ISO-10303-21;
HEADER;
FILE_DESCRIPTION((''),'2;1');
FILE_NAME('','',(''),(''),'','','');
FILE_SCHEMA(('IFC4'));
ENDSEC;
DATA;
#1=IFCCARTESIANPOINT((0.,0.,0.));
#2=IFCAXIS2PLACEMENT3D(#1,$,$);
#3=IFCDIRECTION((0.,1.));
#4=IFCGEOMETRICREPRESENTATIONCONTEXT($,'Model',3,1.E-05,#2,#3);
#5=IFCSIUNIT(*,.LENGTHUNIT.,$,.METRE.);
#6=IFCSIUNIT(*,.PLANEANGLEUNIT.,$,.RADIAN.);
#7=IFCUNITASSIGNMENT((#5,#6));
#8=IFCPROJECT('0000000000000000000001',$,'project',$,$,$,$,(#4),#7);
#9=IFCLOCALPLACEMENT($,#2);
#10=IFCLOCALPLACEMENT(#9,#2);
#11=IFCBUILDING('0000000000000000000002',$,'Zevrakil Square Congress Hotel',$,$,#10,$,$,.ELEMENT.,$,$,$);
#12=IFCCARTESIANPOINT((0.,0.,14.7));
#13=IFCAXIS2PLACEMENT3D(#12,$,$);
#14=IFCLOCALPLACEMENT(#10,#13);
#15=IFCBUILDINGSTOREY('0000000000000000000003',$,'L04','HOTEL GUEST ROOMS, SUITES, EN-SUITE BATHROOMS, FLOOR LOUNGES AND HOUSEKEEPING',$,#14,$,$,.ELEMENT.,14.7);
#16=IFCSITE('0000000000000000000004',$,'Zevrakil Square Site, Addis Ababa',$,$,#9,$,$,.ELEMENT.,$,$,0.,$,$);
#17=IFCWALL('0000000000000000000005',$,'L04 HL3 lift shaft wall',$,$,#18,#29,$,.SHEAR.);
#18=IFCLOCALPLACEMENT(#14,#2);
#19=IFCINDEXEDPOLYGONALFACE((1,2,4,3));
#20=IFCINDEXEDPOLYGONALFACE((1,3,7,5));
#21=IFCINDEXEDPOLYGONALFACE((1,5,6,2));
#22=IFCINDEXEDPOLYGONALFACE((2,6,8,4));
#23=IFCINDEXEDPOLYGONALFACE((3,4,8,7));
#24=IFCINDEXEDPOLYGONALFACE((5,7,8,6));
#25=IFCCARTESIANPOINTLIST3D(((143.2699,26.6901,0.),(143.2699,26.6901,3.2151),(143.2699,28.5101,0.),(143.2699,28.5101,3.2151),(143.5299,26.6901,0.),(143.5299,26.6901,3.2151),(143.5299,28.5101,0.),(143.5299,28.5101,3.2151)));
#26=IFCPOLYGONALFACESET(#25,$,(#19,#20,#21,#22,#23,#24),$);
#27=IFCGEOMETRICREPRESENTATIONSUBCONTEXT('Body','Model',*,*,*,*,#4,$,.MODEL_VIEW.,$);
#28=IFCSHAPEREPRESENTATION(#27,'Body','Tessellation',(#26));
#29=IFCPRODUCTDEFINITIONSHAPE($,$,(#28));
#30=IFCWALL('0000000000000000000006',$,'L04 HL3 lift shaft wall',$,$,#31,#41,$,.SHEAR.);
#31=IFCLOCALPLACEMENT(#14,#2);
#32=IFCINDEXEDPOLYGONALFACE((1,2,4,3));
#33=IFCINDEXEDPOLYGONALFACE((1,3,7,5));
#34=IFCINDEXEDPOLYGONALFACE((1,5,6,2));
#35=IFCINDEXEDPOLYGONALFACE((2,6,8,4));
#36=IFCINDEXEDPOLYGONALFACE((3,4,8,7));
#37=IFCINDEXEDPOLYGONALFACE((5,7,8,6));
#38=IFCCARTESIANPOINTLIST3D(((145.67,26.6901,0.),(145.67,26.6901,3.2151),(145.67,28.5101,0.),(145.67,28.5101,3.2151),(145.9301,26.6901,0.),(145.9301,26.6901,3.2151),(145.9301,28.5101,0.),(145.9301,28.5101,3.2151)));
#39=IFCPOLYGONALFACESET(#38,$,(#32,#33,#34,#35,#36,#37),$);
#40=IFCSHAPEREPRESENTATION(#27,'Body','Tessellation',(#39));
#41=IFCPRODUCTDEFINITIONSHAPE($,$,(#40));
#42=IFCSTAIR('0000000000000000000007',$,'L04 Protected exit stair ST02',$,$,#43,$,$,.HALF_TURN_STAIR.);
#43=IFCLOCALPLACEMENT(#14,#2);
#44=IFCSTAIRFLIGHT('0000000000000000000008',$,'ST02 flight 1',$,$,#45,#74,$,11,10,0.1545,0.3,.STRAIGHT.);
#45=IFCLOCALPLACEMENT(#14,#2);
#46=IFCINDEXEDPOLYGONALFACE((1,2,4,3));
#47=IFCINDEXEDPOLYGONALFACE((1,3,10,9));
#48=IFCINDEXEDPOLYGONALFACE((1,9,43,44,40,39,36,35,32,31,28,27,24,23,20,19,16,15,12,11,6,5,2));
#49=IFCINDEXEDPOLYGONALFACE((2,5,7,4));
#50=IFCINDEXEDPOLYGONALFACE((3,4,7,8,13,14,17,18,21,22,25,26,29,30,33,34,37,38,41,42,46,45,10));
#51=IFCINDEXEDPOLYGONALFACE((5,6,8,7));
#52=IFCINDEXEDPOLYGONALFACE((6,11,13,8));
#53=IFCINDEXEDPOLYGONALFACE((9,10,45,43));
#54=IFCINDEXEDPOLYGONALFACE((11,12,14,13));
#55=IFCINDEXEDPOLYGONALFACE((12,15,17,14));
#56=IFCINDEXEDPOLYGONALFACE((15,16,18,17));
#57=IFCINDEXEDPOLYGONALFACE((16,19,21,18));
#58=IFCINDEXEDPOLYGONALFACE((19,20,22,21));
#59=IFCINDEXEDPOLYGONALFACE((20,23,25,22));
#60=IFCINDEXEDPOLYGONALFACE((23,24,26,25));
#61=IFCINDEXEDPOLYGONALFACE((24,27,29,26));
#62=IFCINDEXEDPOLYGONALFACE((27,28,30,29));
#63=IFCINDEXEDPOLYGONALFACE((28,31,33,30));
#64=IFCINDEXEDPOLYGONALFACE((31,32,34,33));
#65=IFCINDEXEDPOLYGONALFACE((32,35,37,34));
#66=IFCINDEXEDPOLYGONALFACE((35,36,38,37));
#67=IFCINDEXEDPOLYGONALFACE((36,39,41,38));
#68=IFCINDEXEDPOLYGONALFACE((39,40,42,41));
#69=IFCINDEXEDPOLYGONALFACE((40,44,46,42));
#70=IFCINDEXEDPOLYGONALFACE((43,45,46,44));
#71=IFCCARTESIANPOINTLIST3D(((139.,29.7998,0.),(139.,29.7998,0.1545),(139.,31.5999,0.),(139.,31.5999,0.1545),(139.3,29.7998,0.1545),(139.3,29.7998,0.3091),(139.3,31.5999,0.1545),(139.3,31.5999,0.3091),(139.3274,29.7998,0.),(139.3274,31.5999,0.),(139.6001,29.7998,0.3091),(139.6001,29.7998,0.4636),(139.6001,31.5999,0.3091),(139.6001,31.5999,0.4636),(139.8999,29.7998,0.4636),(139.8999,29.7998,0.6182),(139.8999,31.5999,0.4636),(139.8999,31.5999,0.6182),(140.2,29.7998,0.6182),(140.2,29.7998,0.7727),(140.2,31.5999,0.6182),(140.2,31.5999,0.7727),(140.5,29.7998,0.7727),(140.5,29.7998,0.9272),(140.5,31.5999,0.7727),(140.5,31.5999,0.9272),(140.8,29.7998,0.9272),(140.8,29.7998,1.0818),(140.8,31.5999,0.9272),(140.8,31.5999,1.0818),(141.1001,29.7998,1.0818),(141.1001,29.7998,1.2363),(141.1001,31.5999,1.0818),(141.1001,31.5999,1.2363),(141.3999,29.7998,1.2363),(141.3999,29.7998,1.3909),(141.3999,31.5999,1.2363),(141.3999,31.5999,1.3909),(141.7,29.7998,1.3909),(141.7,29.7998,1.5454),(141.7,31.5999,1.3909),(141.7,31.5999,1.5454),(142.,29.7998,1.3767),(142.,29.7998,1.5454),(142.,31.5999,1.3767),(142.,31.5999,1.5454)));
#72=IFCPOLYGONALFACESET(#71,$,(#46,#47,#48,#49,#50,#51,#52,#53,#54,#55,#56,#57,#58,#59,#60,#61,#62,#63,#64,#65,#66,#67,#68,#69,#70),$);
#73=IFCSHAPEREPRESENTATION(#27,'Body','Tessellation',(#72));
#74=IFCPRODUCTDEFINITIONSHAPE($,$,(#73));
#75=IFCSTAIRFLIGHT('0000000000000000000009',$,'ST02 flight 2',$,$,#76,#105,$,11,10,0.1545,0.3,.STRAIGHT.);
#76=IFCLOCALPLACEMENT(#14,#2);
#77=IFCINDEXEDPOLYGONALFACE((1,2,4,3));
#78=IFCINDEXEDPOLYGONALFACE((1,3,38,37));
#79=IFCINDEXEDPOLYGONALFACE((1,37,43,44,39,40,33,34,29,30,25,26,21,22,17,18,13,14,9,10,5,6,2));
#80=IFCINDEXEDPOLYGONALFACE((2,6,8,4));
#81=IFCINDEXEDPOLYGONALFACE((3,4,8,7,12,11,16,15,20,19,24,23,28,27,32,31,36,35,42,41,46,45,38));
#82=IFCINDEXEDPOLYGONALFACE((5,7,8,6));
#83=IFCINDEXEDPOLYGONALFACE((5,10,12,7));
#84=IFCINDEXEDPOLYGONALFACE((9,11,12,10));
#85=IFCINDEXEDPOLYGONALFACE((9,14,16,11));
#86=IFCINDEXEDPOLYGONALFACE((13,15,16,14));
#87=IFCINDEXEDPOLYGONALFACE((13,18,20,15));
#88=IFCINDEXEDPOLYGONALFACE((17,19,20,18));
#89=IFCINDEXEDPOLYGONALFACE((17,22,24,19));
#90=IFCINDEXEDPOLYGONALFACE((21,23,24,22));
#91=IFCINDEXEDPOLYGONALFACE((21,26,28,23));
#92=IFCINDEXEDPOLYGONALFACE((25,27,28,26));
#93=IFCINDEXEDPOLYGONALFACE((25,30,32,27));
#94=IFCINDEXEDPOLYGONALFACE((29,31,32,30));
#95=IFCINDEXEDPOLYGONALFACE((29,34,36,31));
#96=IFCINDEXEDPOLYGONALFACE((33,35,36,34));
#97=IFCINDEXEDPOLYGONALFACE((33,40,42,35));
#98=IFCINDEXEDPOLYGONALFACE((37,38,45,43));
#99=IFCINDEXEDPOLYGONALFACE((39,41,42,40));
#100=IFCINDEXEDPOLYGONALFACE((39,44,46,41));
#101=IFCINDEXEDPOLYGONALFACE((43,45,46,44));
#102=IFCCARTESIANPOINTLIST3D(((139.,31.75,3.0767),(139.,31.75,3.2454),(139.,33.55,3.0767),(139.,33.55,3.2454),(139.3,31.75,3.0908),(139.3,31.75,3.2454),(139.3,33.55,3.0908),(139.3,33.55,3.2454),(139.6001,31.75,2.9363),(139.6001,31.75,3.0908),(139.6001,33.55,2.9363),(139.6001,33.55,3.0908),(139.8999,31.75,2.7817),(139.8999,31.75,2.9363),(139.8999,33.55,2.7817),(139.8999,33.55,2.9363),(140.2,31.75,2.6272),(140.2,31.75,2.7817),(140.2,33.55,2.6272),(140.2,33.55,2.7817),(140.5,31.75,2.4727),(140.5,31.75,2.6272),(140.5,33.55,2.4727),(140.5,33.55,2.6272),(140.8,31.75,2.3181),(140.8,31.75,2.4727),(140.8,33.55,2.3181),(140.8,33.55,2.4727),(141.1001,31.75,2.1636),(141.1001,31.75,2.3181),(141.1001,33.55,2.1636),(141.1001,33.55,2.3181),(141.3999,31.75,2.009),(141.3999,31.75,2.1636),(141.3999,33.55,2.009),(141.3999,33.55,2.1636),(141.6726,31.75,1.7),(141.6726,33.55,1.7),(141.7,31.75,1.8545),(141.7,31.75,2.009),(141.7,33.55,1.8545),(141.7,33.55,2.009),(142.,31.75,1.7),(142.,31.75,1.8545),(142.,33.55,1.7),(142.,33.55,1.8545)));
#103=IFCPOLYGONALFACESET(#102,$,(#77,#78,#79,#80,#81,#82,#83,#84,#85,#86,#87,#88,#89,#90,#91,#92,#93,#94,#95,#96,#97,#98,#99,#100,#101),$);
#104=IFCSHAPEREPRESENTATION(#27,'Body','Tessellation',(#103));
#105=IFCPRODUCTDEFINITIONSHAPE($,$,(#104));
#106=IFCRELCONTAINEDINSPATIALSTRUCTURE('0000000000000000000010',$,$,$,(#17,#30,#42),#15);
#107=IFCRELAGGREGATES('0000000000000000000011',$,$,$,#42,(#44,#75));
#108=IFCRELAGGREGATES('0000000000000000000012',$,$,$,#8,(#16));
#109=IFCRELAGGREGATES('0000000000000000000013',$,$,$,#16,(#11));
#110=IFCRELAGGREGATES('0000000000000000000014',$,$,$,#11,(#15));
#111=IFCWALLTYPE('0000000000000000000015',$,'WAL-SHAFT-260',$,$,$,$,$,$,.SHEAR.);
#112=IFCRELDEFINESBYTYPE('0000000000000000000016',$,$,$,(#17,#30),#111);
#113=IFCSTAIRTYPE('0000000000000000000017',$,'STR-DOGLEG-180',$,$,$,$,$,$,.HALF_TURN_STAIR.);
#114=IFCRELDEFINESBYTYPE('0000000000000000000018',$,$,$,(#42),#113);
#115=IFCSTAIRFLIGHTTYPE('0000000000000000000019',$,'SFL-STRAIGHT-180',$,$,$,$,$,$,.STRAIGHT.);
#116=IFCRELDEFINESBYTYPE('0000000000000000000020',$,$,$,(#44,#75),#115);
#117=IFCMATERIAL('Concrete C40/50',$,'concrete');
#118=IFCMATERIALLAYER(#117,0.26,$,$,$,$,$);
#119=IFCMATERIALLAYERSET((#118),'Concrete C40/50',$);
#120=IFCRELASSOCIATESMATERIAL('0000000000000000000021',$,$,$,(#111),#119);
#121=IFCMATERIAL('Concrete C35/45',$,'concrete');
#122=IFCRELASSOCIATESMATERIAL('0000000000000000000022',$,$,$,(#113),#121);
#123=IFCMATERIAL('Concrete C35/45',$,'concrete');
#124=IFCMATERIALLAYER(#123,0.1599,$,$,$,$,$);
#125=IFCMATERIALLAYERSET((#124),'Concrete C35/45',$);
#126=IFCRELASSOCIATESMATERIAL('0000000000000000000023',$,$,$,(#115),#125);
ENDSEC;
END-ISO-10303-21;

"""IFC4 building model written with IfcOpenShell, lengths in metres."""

from ifc_helpers import new_model, si_unit, direction, frame, frame_2d, origin, place, context, subcontext, project, spatial, polyline, rectangle, outline, extrude, material, layer, layer_set, type_object, element, aggregate, save


model = new_model("IFC4")

# Units and contexts
model_context = context("Model", 3, precision=1e-05, world=origin(), true_north=direction((0.0, 1.0)))
body_context = subcontext(model_context, "Body", "Model", "MODEL_VIEW")
ifc_project = project(units=[si_unit("LENGTHUNIT", "METRE"), si_unit("PLANEANGLEUNIT", "RADIAN")], contexts=[model_context])

# Site, building, storey
site_placement = place(None, origin())
site = spatial("IfcSite", under=ifc_project, at=site_placement, Name="Zevrakil Square Site, Addis Ababa", CompositionType="ELEMENT", RefElevation=0.0)
building_placement = place(site_placement, origin())
building = spatial("IfcBuilding", under=site, at=building_placement, Name="Zevrakil Square Congress Hotel", CompositionType="ELEMENT")
storey_placement = place(building_placement, frame((0.0, 0.0, 14.7)))
storey = spatial("IfcBuildingStorey", under=building, at=storey_placement, Name="L04", Description="HOTEL GUEST ROOMS, SUITES, EN-SUITE BATHROOMS, FLOOR LOUNGES AND HOUSEKEEPING", CompositionType="ELEMENT", Elevation=14.7)

# Shared definitions
ifc_material_1 = material(Name="Concrete C40/50", Category="concrete")
ifc_layer_1 = layer(ifc_material_1, 0.26)
ifc_layer_set_1 = layer_set([ifc_layer_1], Name="Concrete C40/50")
wall_type_1 = type_object("IfcWallType", Name="WAL-SHAFT-260", PredefinedType="SHEAR", material=ifc_layer_set_1)

# Walls
for number, where, z_axis, x_axis, name in (
    (1, (143.3999, 26.6899, 0.0), (0.0, 0.0, 1.0), (0.0, 1.0, 0.0), "L04 HL3 lift shaft wall"),
    (2, (145.8, 26.6899, 0.0), (0.0, 0.0, 1.0), (0.0, 1.0, 0.0), "L04 HL3 lift shaft wall"),
):
    element("IfcWall", number, at=place(storey_placement, frame(where, z_axis=z_axis, x_axis=x_axis)), inside=storey, type_object=wall_type_1, Name=name, PredefinedType="SHEAR", context=body_context, shape_type="SweptSolid", body=[
        extrude(rectangle(XDim=1.8201, YDim=0.26, at=frame_2d((0.9102, 0.0))), origin(), (0.0, 0.0, 1.0), 3.2151),
    ])

# Stair, stair flights
ifc_material_2 = material(Name="Concrete C35/45", Category="concrete")
stair_type = type_object("IfcStairType", Name="STR-DOGLEG-180", PredefinedType="HALF_TURN_STAIR", material=ifc_material_2)
stair_placement = place(storey_placement, origin())
stair = element("IfcStair", 3, at=stair_placement, inside=storey, type_object=stair_type, Name="L04 Protected exit stair ST02", PredefinedType="HALF_TURN_STAIR")
ifc_material_3 = material(Name="Concrete C35/45", Category="concrete")
ifc_layer_2 = layer(ifc_material_3, 0.1599)
ifc_layer_set_2 = layer_set([ifc_layer_2], Name="Concrete C35/45")
stair_flight_type = type_object("IfcStairFlightType", Name="SFL-STRAIGHT-180", PredefinedType="STRAIGHT", material=ifc_layer_set_2)
stair_flight_1_placement = place(storey_placement, frame((139.0, 30.7, 0.0), z_axis=(0.0, 0.0, 1.0), x_axis=(1.0, 0.0, 0.0)))
stair_flight_1 = element("IfcStairFlight", 4, at=stair_flight_1_placement, type_object=stair_flight_type, Name="ST02 flight 1", NumberOfRisers=11, NumberOfTreads=10, PredefinedType="STRAIGHT", RiserHeight=0.1545, TreadLength=0.3, context=body_context, shape_type="SweptSolid", body=[
    extrude(outline(polyline([(0.0, 0.0), (0.0, 0.1545), (0.3, 0.1545), (0.3, 0.3091), (0.6001, 0.3091), (0.6001, 0.4636), (0.8999, 0.4636), (0.8999, 0.6182), (1.2, 0.6182), (1.2, 0.7727), (1.5, 0.7727), (1.5, 0.9272), (1.8, 0.9272), (1.8, 1.0818), (2.1001, 1.0818), (2.1001, 1.2363), (2.3999, 1.2363), (2.3999, 1.3909), (2.7, 1.3909), (2.7, 1.5454), (3.0, 1.5454), (3.0, 1.7), (3.0, 1.3767), (0.3274, 0.0), (0.0, 0.0)])), frame((0.0, 0.8999, 0.0), z_axis=(0.0, -1.0, 0.0), x_axis=(1.0, 0.0, 0.0)), (0.0, 0.0, 1.0), 1.8),
])
stair_flight_2_placement = place(storey_placement, frame((142.0, 32.6499, 1.7), z_axis=(0.0, 0.0, 1.0), x_axis=(-1.0, 0.0, 0.0)))
stair_flight_2 = element("IfcStairFlight", 5, at=stair_flight_2_placement, type_object=stair_flight_type, Name="ST02 flight 2", NumberOfRisers=11, NumberOfTreads=10, PredefinedType="STRAIGHT", RiserHeight=0.1545, TreadLength=0.3, context=body_context, shape_type="SweptSolid", body=[
    extrude(outline(polyline([(0.0, 0.0), (0.0, 0.1545), (0.3, 0.1545), (0.3, 0.3091), (0.6001, 0.3091), (0.6001, 0.4636), (0.8999, 0.4636), (0.8999, 0.6182), (1.2, 0.6182), (1.2, 0.7727), (1.5, 0.7727), (1.5, 0.9272), (1.8, 0.9272), (1.8, 1.0818), (2.1001, 1.0818), (2.1001, 1.2363), (2.3999, 1.2363), (2.3999, 1.3909), (2.7, 1.3909), (2.7, 1.5454), (3.0, 1.5454), (3.0, 1.7), (3.0, 1.3767), (0.3274, 0.0), (0.0, 0.0)])), frame((0.0, 0.8999, 0.0), z_axis=(0.0, -1.0, 0.0), x_axis=(1.0, 0.0, 0.0)), (0.0, 0.0, 1.0), 1.8),
])
aggregate(stair, [stair_flight_1, stair_flight_2])

save(model, "model.ifc")
